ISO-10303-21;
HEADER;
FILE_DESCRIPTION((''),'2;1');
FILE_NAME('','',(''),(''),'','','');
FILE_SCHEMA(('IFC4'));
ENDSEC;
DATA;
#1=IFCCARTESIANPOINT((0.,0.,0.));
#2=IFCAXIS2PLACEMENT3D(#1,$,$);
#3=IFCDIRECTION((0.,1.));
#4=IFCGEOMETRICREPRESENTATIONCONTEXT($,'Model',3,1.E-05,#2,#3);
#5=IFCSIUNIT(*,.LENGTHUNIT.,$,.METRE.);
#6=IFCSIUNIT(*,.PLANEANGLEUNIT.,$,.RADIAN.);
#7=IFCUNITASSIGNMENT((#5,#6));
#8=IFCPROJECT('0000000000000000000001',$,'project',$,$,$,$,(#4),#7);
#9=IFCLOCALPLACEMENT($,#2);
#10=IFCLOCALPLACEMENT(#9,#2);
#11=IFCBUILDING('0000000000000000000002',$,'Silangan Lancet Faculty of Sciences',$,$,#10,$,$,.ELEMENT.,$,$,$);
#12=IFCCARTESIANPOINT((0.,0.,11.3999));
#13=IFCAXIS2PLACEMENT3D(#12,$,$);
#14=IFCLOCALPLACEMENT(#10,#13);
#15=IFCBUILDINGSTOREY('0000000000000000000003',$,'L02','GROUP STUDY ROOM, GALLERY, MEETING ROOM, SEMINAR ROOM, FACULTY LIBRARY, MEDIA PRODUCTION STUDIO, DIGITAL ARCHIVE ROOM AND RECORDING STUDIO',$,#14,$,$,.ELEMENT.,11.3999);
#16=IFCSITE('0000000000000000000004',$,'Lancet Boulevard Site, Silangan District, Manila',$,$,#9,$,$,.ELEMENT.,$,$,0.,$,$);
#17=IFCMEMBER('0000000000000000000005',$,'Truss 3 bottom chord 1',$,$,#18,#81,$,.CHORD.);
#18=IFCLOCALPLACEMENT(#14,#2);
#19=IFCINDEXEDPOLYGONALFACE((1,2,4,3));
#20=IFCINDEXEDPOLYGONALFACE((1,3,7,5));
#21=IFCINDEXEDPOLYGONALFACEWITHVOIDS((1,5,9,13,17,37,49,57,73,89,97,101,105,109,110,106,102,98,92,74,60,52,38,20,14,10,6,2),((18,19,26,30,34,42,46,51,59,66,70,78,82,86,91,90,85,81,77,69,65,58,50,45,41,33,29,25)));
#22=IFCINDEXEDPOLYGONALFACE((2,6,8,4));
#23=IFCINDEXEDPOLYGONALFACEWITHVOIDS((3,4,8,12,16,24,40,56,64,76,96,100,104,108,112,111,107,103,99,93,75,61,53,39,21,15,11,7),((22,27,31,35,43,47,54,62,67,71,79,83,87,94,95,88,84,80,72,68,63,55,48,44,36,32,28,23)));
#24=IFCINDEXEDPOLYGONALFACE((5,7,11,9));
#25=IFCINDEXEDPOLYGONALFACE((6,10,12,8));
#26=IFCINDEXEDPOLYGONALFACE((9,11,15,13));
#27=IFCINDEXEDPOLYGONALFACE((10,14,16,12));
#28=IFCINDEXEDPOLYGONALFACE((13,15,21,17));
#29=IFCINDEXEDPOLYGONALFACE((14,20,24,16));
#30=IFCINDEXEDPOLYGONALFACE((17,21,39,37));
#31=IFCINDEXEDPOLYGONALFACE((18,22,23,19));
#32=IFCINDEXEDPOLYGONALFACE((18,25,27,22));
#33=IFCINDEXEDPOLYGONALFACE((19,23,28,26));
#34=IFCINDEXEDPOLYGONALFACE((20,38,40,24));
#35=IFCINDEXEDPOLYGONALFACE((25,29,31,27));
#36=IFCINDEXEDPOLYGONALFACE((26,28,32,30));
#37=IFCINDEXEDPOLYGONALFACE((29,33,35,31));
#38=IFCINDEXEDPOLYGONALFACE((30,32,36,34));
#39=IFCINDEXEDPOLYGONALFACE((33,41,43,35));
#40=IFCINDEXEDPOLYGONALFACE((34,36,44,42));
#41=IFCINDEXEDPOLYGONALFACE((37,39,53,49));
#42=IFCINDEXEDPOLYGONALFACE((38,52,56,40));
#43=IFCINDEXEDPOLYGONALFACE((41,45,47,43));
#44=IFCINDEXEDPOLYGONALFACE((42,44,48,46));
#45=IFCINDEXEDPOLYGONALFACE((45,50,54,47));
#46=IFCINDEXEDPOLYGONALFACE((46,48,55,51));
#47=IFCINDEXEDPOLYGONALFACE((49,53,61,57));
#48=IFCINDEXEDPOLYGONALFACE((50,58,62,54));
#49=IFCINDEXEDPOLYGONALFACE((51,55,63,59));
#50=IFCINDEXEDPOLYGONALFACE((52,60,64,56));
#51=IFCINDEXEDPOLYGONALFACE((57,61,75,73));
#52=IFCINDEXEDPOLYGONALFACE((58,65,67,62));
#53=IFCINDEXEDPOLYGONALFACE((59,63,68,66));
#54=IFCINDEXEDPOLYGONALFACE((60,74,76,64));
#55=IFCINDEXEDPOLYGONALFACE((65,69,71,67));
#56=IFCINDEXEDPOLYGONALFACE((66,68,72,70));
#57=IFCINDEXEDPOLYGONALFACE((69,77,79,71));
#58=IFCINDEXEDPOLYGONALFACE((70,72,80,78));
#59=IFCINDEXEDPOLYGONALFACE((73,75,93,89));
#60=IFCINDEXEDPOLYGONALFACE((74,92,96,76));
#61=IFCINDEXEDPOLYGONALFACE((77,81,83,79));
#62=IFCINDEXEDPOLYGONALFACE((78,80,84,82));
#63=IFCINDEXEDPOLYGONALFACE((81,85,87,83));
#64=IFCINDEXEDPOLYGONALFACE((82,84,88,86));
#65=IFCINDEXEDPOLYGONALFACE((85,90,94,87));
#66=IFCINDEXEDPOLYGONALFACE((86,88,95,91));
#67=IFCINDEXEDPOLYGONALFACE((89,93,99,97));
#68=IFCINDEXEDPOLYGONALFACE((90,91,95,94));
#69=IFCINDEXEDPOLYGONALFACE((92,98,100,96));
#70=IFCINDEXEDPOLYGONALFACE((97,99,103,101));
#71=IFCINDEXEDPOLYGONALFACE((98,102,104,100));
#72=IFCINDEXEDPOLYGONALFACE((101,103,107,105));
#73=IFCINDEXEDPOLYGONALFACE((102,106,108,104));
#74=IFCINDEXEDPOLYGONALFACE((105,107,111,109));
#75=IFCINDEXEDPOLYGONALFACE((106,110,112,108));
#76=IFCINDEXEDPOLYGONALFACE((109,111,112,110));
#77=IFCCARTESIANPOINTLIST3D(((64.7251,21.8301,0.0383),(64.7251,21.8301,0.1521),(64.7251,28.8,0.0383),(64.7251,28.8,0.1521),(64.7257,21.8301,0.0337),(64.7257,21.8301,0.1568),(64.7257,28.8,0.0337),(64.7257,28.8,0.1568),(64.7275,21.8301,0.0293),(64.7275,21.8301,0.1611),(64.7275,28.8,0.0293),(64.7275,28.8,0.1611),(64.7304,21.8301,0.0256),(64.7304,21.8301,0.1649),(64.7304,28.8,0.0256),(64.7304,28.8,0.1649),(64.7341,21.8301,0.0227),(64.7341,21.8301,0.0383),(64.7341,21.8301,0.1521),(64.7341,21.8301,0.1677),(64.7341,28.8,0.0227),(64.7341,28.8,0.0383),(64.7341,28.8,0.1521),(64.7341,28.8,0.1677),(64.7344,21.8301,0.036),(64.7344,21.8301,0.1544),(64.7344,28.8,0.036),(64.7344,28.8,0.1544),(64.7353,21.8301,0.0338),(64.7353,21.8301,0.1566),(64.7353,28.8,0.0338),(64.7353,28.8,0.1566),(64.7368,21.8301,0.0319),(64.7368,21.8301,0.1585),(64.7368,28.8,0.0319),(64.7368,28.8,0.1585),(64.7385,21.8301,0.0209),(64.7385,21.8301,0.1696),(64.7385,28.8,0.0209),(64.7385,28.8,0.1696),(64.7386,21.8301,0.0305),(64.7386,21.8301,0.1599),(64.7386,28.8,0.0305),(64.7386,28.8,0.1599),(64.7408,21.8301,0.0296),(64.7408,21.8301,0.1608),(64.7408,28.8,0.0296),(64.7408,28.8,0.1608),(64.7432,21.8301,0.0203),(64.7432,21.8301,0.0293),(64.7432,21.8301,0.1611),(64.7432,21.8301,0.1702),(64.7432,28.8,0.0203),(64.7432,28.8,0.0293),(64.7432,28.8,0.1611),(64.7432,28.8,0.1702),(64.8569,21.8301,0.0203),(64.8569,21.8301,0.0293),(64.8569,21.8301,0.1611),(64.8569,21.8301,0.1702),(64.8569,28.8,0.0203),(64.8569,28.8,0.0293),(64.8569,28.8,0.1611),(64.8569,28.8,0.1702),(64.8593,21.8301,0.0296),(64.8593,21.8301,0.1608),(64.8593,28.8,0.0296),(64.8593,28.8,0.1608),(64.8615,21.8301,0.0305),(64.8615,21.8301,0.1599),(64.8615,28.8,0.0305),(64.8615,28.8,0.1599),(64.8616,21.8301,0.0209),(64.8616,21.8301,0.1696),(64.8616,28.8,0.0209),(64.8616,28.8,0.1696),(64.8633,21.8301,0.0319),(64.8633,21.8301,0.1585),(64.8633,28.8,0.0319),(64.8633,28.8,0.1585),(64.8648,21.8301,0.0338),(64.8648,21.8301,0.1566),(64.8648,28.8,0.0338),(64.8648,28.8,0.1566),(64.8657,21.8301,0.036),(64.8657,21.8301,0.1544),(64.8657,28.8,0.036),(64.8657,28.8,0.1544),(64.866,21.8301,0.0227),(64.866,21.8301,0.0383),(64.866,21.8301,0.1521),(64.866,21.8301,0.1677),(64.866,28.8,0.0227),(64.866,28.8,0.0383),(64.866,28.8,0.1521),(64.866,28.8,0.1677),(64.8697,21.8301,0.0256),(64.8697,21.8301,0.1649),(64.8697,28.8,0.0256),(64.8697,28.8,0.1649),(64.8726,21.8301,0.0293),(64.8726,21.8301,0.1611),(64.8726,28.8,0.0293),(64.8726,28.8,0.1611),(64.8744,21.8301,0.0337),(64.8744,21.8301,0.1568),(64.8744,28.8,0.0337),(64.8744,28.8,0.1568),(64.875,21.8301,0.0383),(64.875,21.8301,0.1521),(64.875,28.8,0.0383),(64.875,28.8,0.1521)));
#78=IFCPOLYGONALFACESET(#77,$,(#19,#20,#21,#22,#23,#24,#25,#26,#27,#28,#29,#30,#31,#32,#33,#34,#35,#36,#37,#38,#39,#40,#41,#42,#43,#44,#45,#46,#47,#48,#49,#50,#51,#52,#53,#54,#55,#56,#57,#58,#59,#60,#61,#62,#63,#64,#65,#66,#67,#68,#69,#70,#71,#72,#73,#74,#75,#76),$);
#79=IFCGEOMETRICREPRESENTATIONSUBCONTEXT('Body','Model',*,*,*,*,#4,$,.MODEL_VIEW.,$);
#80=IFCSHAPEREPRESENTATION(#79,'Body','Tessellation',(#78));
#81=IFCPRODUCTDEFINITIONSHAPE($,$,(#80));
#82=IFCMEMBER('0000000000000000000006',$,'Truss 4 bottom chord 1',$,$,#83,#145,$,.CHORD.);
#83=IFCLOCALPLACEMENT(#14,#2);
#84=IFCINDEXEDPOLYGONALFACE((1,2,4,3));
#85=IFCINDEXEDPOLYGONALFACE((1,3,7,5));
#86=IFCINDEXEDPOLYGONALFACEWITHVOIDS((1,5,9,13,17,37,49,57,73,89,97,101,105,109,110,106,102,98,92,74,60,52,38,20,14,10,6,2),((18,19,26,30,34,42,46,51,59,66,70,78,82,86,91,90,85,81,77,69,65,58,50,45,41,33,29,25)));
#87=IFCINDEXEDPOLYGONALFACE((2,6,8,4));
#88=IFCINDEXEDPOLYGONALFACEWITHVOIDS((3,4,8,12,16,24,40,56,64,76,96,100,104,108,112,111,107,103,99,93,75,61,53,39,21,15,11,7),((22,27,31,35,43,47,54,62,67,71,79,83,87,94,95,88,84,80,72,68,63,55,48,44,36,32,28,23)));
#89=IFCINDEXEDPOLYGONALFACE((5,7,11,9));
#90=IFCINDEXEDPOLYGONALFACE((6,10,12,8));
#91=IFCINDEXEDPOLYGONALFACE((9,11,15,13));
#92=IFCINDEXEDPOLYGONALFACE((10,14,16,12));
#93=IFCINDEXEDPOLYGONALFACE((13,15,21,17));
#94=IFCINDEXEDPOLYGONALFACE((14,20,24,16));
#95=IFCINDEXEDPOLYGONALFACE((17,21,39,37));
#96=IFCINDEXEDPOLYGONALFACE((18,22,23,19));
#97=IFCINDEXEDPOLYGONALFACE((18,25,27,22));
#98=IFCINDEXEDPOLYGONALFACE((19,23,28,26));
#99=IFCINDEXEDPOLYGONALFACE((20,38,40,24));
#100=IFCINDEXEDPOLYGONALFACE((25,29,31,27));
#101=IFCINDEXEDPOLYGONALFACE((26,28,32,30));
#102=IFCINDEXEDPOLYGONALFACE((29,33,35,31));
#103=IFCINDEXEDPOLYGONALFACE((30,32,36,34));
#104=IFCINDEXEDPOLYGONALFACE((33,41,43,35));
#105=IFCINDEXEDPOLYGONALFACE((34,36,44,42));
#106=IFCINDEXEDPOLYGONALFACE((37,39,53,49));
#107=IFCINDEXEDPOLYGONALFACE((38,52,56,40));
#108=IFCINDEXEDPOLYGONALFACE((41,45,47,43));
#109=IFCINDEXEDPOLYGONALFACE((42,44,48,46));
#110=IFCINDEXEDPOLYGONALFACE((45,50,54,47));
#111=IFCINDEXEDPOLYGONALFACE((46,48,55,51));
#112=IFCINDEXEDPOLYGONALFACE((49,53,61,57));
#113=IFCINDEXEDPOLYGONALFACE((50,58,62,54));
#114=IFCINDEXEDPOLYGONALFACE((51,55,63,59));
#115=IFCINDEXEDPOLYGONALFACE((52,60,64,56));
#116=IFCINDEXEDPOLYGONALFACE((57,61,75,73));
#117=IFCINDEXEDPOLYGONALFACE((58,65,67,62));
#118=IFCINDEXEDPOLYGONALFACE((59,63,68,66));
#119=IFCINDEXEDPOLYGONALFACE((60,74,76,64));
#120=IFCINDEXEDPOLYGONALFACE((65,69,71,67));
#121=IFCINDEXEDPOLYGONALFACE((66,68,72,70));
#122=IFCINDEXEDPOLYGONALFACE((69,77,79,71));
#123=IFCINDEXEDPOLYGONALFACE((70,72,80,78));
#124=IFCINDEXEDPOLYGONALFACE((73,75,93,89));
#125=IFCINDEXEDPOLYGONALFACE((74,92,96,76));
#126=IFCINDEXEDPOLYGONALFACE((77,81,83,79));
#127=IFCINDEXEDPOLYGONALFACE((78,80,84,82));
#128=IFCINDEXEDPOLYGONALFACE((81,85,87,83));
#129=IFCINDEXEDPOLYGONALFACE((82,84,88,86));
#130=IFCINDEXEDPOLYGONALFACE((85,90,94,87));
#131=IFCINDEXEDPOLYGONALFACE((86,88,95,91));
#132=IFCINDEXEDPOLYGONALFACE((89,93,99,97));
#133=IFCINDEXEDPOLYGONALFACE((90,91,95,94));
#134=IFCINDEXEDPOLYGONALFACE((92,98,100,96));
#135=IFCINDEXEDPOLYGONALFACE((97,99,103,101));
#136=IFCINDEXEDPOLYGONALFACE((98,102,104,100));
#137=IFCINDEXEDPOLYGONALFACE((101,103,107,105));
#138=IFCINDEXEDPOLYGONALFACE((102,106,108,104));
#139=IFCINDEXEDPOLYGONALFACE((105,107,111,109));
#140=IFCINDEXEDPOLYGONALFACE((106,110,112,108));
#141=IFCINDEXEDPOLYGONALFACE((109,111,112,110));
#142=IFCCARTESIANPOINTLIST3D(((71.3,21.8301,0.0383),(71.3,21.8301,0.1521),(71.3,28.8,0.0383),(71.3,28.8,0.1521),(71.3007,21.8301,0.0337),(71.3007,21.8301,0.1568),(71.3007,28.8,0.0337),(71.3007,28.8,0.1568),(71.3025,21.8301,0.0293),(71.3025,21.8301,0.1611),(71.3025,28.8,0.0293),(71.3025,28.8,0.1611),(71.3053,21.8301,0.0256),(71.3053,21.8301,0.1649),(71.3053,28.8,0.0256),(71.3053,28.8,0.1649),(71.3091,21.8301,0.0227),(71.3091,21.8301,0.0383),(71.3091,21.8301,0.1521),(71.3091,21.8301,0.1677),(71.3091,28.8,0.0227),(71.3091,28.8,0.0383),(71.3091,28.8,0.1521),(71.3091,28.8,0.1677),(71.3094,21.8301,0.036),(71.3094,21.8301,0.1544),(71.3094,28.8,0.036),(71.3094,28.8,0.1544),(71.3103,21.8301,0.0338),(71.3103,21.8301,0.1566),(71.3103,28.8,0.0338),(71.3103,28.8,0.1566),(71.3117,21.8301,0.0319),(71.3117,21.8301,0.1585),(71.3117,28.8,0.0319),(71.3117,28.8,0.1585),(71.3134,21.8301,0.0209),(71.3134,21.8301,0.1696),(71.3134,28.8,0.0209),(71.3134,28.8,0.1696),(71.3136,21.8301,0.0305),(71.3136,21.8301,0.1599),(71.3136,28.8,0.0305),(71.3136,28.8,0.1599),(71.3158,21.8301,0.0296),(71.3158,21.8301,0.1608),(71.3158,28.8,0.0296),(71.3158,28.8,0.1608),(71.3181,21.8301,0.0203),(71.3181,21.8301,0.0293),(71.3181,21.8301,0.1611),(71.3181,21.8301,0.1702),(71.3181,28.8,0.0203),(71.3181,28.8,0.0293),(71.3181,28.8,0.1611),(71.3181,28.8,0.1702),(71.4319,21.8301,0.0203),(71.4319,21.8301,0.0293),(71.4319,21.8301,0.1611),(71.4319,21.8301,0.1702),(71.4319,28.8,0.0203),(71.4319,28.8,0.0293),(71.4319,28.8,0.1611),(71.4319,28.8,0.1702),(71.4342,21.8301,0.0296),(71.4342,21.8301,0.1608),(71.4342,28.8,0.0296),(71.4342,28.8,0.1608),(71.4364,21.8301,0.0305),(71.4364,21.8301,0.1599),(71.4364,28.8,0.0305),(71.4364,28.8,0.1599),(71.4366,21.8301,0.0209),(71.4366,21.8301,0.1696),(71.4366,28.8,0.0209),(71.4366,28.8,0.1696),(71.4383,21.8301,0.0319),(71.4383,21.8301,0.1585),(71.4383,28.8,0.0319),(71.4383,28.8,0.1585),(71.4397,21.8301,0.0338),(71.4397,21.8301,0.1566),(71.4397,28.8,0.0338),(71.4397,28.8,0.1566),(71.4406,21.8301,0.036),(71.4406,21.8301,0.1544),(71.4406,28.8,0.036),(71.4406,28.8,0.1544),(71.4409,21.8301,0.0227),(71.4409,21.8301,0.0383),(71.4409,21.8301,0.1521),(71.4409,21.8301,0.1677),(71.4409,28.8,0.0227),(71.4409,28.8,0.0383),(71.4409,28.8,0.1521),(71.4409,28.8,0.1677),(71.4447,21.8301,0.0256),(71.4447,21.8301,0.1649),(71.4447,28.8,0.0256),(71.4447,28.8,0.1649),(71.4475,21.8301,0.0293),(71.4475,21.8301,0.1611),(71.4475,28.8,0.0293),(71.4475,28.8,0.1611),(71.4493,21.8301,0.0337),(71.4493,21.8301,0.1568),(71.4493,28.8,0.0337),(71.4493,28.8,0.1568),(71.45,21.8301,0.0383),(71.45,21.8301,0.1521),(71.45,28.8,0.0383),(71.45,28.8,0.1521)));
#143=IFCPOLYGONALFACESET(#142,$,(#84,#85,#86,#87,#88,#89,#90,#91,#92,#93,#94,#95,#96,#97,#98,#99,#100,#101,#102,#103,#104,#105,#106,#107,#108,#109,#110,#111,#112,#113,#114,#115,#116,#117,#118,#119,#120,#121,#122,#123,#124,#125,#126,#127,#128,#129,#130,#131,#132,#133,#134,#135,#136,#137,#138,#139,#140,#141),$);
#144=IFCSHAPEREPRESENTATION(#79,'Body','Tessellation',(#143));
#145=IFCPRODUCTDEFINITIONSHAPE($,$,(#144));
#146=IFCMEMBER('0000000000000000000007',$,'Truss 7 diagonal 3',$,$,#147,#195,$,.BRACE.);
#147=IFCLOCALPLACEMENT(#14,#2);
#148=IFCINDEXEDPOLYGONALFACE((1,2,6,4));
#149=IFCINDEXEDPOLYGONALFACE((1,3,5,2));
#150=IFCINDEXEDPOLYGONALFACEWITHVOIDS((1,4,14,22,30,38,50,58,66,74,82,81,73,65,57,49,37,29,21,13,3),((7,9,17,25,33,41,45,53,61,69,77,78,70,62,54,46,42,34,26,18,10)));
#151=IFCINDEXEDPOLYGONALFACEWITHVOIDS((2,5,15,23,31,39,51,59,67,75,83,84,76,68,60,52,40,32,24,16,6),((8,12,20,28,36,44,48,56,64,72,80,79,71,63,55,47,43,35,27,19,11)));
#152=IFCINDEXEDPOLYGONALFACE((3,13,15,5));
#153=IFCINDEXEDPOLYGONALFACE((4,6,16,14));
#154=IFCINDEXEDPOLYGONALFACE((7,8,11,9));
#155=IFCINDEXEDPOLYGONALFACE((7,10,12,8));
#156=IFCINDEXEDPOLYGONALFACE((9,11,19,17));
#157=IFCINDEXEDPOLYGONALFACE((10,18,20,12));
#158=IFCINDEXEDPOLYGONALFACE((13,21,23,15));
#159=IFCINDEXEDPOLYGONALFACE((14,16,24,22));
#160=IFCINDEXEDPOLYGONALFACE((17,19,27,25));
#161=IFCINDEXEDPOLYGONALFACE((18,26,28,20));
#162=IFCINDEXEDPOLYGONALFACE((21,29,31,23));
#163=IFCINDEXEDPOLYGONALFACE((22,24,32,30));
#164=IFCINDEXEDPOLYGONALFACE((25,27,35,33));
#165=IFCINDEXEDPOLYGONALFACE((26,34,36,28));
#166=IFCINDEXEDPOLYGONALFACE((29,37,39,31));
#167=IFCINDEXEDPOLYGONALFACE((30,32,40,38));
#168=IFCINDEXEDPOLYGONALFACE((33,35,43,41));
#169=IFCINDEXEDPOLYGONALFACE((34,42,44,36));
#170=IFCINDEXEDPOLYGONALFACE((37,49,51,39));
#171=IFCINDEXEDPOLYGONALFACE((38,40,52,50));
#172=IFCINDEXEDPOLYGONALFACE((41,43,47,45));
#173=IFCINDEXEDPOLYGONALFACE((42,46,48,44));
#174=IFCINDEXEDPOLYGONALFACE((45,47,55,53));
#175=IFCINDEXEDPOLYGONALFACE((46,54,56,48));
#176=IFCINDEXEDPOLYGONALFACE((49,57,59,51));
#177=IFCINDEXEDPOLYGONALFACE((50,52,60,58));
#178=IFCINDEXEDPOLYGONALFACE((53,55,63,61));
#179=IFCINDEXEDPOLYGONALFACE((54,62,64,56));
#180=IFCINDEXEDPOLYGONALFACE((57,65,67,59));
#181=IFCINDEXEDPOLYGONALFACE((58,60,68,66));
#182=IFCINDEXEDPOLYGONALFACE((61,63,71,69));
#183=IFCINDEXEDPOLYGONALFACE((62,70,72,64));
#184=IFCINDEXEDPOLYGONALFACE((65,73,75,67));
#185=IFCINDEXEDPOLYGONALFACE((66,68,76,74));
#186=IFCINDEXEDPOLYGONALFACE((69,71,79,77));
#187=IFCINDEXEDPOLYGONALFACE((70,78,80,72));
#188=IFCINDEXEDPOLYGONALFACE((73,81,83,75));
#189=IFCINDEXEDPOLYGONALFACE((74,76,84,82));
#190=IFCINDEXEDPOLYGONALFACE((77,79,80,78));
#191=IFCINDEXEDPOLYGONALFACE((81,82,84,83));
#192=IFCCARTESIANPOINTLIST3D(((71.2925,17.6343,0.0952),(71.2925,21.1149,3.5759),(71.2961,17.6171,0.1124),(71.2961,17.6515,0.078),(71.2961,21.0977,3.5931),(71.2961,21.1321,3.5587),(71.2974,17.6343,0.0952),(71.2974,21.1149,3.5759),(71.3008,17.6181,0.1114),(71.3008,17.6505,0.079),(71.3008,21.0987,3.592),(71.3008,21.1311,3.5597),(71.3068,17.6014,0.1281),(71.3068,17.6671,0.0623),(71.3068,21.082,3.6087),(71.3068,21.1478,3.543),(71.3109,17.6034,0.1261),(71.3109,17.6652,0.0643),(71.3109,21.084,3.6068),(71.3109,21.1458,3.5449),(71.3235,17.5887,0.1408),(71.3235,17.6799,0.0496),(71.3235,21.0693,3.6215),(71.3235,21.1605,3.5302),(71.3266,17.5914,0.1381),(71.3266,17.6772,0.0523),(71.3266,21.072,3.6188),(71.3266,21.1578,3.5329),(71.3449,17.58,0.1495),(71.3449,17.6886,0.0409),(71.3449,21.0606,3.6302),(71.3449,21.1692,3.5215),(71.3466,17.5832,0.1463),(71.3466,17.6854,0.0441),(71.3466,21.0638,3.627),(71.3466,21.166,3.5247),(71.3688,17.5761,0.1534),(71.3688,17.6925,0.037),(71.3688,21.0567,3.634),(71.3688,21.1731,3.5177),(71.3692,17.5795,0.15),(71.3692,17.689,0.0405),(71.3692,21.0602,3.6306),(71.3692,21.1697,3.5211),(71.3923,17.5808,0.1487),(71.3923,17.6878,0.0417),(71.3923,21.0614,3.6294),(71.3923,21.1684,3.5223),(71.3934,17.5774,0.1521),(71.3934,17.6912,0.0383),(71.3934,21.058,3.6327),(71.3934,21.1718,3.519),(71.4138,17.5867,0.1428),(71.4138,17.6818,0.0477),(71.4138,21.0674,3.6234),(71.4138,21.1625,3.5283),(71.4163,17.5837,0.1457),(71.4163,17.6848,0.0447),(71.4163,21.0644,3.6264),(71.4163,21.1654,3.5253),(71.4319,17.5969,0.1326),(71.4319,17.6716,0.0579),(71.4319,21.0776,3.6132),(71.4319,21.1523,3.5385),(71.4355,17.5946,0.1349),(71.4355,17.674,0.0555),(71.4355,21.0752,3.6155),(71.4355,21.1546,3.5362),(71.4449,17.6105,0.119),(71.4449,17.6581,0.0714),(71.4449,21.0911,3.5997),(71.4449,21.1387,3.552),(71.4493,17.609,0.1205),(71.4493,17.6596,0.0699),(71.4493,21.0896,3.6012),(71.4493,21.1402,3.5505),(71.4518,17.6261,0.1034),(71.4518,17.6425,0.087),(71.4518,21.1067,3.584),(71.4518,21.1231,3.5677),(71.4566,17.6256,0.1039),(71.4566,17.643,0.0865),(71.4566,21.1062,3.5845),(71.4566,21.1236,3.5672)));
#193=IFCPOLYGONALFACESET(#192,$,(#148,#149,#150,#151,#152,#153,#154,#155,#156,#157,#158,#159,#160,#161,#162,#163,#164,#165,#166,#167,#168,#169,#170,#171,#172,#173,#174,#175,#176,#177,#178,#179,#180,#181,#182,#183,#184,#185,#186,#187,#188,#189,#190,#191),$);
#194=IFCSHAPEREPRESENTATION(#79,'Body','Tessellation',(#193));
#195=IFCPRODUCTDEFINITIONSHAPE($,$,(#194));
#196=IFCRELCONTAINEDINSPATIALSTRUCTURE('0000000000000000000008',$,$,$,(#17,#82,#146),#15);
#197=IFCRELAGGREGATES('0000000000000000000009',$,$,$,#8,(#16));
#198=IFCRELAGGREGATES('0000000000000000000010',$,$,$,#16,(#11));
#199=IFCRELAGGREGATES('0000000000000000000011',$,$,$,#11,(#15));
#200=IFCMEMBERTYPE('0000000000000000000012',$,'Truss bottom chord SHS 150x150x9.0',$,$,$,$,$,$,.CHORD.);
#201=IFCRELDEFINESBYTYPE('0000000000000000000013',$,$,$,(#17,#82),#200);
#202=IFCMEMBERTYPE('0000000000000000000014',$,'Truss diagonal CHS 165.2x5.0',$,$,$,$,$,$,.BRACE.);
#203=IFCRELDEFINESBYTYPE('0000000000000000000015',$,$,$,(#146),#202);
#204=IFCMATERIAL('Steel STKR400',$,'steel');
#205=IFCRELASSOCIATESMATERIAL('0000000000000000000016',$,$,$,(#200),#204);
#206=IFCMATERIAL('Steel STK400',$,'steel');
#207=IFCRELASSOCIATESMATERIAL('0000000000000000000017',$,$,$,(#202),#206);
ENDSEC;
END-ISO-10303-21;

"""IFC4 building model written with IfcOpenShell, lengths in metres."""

from ifc_helpers import new_model, si_unit, direction, frame, origin, origin_2d, place, context, subcontext, project, spatial, hollow_rectangle, hollow_circle, extrude, material, material_profile, profile_set, type_object, element, save


model = new_model("IFC4")

# Units and contexts
model_context = context("Model", 3, precision=1e-05, world=origin(), true_north=direction((0.0, 1.0)))
body_context = subcontext(model_context, "Body", "Model", "MODEL_VIEW")
ifc_project = project(units=[si_unit("LENGTHUNIT", "METRE"), si_unit("PLANEANGLEUNIT", "RADIAN")], contexts=[model_context])

# Site, building, storey
site_placement = place(None, origin())
site = spatial("IfcSite", under=ifc_project, at=site_placement, Name="Lancet Boulevard Site, Silangan District, Manila", CompositionType="ELEMENT", RefElevation=0.0)
building_placement = place(site_placement, origin())
building = spatial("IfcBuilding", under=site, at=building_placement, Name="Silangan Lancet Faculty of Sciences", CompositionType="ELEMENT")
storey_placement = place(building_placement, frame((0.0, 0.0, 11.3999)))
storey = spatial("IfcBuildingStorey", under=building, at=storey_placement, Name="L02", Description="GROUP STUDY ROOM, GALLERY, MEETING ROOM, SEMINAR ROOM, FACULTY LIBRARY, MEDIA PRODUCTION STUDIO, DIGITAL ARCHIVE ROOM AND RECORDING STUDIO", CompositionType="ELEMENT", Elevation=11.3999)

# Members
ifc_material_1 = material(Name="Steel STKR400", Category="steel")
ifc_material_profile_1 = material_profile(ifc_material_1, hollow_rectangle(XDim=0.1499, YDim=0.1499, WallThickness=0.009, InnerFilletRadius=0.009, OuterFilletRadius=0.0181, at=origin_2d()), Name="SHS 150x150x9.0")
ifc_profile_set_1 = profile_set([ifc_material_profile_1], Name="Steel STKR400")
member_type_1 = type_object("IfcMemberType", Name="Truss bottom chord SHS 150x150x9.0", PredefinedType="CHORD", material=ifc_profile_set_1)
for number, where, z_axis, x_axis, name in (
    (1, (64.8, 21.8301, 0.0952), (0.0, 1.0, 0.0), (-1.0, 0.0, 0.0), "Truss 3 bottom chord 1"),
    (2, (71.375, 21.8301, 0.0952), (0.0, 1.0, 0.0), (-1.0, 0.0, 0.0), "Truss 4 bottom chord 1"),
):
    element("IfcMember", number, at=place(storey_placement, frame(where, z_axis=z_axis, x_axis=x_axis)), inside=storey, type_object=member_type_1, Name=name, PredefinedType="CHORD", context=body_context, shape_type="SweptSolid", body=[
        extrude(hollow_rectangle(XDim=0.1499, YDim=0.1499, WallThickness=0.009, InnerFilletRadius=0.009, OuterFilletRadius=0.0181, at=origin_2d()), origin(), (0.0, 0.0, 1.0), 6.97),
    ])
ifc_material_2 = material(Name="Steel STK400", Category="steel")
ifc_material_profile_2 = material_profile(ifc_material_2, hollow_circle(Radius=0.0825, WallThickness=0.0049, at=origin_2d()), Name="CHS 165.2x5.0")
ifc_profile_set_2 = profile_set([ifc_material_profile_2], Name="Steel STK400")
member_type_2 = type_object("IfcMemberType", Name="Truss diagonal CHS 165.2x5.0", PredefinedType="BRACE", material=ifc_profile_set_2)
member_1_placement = place(storey_placement, frame((71.375, 17.6343, 0.0952), z_axis=(0.0, 0.707107, 0.707107), x_axis=(-1.0, 0.0, 0.0)))
element("IfcMember", 3, at=member_1_placement, inside=storey, type_object=member_type_2, Name="Truss 7 diagonal 3", PredefinedType="BRACE", context=body_context, shape_type="SweptSolid", body=[
    extrude(hollow_circle(Radius=0.0825, WallThickness=0.0049, at=origin_2d()), origin(), (0.0, 0.0, 1.0), 4.9224),
])

save(model, "model.ifc")
